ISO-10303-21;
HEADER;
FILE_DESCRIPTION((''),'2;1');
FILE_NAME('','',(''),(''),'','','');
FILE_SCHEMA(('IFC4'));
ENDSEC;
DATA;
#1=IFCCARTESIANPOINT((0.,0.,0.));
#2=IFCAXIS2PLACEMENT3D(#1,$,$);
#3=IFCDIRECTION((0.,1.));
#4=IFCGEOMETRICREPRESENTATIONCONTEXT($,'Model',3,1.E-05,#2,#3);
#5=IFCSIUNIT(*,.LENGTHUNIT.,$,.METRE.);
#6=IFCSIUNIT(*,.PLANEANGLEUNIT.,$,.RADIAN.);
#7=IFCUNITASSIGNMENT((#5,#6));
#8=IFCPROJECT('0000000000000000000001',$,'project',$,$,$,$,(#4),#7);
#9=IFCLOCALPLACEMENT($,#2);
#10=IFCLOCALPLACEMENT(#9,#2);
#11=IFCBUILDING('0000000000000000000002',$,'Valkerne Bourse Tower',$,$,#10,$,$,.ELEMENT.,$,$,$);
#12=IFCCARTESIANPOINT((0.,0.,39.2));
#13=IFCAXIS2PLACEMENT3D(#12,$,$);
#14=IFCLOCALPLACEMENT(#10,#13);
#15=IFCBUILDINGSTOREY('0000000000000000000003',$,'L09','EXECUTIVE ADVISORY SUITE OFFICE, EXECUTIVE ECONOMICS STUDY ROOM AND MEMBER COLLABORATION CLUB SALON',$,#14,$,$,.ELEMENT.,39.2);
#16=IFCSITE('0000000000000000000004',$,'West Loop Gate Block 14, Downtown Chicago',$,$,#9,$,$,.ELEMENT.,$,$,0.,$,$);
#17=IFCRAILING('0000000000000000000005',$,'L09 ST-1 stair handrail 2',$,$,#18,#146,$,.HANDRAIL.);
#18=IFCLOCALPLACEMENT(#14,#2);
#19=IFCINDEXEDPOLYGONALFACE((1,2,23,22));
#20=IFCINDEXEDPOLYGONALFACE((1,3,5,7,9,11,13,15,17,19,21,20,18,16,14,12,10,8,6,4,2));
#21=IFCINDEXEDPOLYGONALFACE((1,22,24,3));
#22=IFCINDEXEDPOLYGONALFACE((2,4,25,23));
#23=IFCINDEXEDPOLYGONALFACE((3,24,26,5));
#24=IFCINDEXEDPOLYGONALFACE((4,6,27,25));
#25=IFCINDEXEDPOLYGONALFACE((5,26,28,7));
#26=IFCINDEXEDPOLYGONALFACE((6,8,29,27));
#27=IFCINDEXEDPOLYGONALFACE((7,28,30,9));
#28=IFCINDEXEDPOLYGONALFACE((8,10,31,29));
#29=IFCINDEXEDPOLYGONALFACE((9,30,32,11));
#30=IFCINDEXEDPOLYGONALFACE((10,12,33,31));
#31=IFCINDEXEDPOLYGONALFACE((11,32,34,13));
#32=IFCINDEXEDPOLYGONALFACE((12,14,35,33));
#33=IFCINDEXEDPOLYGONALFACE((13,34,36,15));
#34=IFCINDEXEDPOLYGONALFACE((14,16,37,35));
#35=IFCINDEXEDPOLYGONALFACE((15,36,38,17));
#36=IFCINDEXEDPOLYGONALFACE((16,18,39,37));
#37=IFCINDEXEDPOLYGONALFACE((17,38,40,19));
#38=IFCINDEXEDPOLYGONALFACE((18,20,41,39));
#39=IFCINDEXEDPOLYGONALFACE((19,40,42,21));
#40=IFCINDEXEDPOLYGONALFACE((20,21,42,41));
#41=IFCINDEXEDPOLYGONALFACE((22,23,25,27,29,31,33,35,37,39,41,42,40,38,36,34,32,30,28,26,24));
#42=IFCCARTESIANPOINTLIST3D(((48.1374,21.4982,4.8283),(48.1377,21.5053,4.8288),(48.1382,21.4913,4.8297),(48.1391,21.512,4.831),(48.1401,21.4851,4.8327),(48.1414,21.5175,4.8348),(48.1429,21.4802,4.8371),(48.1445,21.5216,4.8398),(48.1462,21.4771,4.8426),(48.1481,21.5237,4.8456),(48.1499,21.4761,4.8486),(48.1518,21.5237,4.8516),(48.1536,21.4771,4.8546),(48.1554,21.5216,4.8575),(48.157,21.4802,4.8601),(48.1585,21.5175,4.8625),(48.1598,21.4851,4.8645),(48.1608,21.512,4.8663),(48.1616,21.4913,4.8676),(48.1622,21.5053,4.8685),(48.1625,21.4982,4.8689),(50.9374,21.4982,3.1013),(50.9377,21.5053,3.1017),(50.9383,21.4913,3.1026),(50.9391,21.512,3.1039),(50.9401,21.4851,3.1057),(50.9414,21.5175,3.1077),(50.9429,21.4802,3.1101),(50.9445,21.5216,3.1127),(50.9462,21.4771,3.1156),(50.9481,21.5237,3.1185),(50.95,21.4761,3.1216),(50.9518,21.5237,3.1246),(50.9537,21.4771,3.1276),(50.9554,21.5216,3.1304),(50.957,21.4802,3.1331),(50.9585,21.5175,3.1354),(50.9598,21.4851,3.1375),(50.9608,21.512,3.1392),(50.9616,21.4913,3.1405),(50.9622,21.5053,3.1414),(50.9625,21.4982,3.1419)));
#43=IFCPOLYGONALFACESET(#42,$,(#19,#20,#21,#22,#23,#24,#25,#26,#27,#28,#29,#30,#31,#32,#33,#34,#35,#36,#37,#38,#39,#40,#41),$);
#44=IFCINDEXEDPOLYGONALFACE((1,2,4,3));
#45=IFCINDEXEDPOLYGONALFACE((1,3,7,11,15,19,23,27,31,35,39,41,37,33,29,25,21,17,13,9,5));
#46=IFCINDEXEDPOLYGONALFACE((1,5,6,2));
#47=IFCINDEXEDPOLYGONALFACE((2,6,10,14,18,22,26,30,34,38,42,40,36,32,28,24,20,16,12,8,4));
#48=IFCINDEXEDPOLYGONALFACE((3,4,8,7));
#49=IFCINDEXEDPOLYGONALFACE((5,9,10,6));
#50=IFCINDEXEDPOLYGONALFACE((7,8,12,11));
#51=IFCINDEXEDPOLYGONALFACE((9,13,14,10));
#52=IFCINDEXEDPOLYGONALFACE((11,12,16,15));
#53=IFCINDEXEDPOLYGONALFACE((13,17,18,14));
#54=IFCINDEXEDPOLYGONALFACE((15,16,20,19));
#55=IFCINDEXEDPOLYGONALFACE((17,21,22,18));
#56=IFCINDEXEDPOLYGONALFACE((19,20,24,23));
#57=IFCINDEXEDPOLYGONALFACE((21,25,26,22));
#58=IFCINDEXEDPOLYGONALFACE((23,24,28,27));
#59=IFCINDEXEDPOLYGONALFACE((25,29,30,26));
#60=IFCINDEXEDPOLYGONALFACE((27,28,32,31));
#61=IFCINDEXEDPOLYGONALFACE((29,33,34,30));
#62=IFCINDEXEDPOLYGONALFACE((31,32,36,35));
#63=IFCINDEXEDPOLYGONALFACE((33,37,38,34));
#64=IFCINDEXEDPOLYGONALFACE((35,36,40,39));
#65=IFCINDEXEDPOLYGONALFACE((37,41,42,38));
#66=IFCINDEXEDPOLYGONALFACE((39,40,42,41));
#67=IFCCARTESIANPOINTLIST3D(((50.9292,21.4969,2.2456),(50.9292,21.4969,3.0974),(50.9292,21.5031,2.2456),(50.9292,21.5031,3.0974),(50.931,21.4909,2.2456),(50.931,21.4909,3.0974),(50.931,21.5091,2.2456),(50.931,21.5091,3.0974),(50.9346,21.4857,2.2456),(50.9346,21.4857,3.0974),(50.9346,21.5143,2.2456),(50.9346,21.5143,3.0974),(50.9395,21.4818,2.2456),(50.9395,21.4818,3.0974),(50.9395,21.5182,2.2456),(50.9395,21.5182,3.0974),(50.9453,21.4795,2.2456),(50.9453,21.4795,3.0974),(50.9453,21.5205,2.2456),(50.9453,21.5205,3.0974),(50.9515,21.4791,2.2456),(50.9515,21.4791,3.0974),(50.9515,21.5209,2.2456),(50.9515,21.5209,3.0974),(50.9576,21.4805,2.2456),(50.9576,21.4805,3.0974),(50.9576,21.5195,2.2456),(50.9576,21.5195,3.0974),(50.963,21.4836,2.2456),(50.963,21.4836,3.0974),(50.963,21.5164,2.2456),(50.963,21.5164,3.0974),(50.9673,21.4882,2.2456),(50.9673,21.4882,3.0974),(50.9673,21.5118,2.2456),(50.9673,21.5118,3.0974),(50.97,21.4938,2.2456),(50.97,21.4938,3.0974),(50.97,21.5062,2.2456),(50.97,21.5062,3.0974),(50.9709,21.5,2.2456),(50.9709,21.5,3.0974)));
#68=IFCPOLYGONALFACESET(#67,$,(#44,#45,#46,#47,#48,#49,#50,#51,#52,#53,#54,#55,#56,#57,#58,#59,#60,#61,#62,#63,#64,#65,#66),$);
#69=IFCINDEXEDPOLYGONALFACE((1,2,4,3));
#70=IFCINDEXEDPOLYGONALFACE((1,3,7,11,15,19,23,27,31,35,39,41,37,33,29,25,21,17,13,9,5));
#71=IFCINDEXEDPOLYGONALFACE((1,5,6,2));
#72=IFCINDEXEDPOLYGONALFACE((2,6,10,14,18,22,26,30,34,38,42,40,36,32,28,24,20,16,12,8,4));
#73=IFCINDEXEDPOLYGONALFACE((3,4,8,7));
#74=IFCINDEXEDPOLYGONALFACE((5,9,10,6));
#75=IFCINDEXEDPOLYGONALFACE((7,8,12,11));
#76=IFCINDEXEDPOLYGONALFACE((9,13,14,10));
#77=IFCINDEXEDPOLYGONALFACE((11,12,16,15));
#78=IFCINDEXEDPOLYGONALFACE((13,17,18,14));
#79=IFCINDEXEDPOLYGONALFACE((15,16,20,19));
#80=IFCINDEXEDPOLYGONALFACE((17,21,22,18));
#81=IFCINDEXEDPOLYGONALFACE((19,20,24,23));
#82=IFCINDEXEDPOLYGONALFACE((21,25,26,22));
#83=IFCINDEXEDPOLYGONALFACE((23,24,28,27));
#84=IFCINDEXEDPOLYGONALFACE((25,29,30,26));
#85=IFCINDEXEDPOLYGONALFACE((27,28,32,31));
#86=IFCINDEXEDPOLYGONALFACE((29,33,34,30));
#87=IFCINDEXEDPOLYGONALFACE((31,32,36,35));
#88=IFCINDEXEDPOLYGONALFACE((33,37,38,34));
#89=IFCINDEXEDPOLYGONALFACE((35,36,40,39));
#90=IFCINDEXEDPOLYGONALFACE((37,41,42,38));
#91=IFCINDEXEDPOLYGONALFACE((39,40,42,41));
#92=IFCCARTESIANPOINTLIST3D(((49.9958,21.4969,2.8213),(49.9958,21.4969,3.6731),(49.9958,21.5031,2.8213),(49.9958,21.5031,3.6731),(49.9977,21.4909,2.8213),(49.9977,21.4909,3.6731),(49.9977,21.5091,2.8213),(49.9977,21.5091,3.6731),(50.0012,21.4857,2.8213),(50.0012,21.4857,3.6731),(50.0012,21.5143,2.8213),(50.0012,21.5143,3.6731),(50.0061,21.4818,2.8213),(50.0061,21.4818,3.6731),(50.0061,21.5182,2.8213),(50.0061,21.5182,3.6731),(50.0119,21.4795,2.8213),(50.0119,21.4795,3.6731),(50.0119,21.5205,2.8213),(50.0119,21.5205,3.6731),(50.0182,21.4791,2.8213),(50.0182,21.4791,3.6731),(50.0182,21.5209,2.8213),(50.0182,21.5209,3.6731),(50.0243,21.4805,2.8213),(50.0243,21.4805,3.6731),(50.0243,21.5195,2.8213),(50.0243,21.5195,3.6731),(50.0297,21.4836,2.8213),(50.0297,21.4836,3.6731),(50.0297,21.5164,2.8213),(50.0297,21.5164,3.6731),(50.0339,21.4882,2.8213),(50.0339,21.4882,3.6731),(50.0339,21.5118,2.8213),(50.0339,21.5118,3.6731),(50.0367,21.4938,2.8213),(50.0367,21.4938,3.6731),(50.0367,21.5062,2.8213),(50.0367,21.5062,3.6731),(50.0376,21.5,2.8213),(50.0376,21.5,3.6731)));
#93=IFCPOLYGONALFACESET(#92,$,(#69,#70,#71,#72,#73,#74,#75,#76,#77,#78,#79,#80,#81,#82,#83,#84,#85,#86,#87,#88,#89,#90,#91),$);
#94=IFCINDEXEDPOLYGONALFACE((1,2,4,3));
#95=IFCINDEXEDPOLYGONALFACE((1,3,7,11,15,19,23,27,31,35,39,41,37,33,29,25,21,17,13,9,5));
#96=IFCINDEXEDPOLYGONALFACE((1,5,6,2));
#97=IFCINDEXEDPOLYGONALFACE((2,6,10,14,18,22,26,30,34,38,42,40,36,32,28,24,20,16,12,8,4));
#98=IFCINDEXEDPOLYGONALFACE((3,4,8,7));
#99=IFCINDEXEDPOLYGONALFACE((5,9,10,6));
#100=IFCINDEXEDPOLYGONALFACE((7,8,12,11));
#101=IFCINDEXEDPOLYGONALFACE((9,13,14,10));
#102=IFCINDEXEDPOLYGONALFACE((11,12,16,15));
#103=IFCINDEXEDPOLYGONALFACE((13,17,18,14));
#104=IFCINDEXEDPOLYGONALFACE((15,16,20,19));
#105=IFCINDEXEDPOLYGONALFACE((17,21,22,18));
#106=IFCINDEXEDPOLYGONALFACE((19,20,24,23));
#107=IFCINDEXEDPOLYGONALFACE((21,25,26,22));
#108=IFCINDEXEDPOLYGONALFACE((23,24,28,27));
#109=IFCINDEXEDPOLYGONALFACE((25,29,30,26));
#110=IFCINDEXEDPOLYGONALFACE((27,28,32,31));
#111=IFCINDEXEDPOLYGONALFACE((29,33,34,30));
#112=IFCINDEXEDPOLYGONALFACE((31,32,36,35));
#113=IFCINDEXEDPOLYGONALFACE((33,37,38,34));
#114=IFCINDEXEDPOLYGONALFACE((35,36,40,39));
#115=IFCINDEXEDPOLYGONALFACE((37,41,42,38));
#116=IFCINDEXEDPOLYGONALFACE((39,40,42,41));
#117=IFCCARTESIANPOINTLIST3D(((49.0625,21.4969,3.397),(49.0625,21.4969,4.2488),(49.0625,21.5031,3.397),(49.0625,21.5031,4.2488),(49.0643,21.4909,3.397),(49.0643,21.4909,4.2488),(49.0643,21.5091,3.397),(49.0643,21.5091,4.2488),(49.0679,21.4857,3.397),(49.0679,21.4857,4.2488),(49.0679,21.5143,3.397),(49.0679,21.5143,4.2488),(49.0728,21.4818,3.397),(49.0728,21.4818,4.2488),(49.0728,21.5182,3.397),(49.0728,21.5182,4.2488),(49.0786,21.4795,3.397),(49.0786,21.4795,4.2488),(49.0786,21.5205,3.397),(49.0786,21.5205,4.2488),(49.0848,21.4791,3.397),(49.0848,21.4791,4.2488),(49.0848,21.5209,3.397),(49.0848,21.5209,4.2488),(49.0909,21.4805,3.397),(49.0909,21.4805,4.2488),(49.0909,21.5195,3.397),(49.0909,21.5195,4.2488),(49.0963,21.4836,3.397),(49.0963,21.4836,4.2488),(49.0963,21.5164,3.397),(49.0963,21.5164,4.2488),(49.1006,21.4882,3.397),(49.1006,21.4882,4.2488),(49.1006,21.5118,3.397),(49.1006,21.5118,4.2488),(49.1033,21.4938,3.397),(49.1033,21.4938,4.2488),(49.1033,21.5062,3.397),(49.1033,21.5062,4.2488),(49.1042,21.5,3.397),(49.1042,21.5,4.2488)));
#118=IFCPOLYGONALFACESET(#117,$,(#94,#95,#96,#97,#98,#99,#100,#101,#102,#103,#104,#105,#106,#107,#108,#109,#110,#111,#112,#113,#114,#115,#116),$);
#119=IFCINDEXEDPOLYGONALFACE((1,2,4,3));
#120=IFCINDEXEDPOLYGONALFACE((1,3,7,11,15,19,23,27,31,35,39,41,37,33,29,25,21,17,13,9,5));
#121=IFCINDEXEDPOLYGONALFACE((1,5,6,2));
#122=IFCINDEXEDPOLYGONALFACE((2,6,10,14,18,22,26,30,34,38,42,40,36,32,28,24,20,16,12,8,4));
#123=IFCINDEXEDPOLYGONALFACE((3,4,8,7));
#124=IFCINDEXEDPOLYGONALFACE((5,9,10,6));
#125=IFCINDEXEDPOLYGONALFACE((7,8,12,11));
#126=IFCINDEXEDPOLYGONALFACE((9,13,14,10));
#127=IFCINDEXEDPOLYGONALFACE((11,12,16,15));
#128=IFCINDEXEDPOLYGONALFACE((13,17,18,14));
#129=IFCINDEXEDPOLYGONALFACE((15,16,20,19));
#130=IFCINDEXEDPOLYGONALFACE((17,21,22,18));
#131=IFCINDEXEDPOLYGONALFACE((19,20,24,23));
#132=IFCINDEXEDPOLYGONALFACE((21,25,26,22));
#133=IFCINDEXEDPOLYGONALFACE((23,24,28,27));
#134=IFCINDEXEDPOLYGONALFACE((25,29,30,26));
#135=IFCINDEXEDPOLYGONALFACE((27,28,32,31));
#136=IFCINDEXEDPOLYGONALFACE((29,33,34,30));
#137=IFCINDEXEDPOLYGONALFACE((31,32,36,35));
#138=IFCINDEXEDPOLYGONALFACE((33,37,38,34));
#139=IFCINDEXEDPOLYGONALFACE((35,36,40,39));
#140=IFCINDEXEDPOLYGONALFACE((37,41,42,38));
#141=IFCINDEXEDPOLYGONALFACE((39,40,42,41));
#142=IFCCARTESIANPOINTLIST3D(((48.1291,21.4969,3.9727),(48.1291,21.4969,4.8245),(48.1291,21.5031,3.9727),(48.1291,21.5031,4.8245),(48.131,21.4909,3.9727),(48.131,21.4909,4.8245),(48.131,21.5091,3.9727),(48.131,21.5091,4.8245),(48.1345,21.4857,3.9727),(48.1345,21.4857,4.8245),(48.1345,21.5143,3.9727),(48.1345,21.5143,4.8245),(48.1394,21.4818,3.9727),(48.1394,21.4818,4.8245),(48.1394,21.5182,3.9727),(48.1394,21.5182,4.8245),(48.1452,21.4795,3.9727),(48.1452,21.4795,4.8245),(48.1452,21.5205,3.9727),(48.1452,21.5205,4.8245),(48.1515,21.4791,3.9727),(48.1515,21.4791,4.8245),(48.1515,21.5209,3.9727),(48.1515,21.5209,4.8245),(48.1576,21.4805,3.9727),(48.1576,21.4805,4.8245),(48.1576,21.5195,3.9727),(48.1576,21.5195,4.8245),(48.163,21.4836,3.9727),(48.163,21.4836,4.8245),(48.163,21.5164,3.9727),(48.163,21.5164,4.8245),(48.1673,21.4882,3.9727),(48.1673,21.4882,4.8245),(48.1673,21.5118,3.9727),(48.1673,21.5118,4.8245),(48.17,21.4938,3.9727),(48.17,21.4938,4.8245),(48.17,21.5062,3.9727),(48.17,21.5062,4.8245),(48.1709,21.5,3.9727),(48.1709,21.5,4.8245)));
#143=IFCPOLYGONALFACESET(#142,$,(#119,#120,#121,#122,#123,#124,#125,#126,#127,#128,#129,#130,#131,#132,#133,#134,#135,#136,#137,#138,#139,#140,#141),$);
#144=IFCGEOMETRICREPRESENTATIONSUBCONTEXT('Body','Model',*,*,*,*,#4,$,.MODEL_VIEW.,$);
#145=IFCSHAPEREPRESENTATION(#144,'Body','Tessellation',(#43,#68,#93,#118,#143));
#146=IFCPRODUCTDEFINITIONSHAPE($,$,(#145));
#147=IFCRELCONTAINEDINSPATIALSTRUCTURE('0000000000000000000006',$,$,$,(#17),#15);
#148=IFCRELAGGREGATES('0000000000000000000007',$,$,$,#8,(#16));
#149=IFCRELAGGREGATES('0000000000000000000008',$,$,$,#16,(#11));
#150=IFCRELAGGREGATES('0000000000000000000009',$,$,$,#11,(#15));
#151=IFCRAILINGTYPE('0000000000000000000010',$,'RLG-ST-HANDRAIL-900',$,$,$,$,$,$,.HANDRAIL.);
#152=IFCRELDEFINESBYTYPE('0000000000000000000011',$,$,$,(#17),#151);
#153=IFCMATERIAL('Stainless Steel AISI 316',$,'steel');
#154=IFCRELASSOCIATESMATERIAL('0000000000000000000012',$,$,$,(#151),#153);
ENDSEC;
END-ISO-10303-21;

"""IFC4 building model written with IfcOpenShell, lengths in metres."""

from ifc_helpers import new_model, si_unit, direction, frame, origin, origin_2d, place, context, subcontext, project, spatial, circle, extrude, material, type_object, element, save


model = new_model("IFC4")

# Units and contexts
model_context = context("Model", 3, precision=1e-05, world=origin(), true_north=direction((0.0, 1.0)))
body_context = subcontext(model_context, "Body", "Model", "MODEL_VIEW")
ifc_project = project(units=[si_unit("LENGTHUNIT", "METRE"), si_unit("PLANEANGLEUNIT", "RADIAN")], contexts=[model_context])

# Site, building, storey
site_placement = place(None, origin())
site = spatial("IfcSite", under=ifc_project, at=site_placement, Name="West Loop Gate Block 14, Downtown Chicago", CompositionType="ELEMENT", RefElevation=0.0)
building_placement = place(site_placement, origin())
building = spatial("IfcBuilding", under=site, at=building_placement, Name="Valkerne Bourse Tower", CompositionType="ELEMENT")
storey_placement = place(building_placement, frame((0.0, 0.0, 39.2)))
storey = spatial("IfcBuildingStorey", under=building, at=storey_placement, Name="L09", Description="EXECUTIVE ADVISORY SUITE OFFICE, EXECUTIVE ECONOMICS STUDY ROOM AND MEMBER COLLABORATION CLUB SALON", CompositionType="ELEMENT", Elevation=39.2)

# Shared definitions
ifc_material_1 = material(Name="Stainless Steel AISI 316", Category="steel")

# Railing
railing_type_1 = type_object("IfcRailingType", Name="RLG-ST-HANDRAIL-900", PredefinedType="HANDRAIL", material=ifc_material_1)
railing_1_placement = place(storey_placement, frame((50.95, 21.5, 2.2456)))
element("IfcRailing", 1, at=railing_1_placement, inside=storey, type_object=railing_type_1, Name="L09 ST-1 stair handrail 2", PredefinedType="HANDRAIL", context=body_context, shape_type="SweptSolid", body=[
    extrude(circle(Radius=0.0239, at=origin_2d()), frame((0.0, 0.0, 0.876), z_axis=(-0.851123, 0.0, 0.524967), x_axis=(0.0, -1.0, 0.0)), (0.0, 0.0, 1.0), 3.2898),
    extrude(circle(Radius=0.021, at=origin_2d()), origin(), (0.0, 0.0, 1.0), 0.8518),
    extrude(circle(Radius=0.021, at=origin_2d()), frame((-0.9333, 0.0, 0.5757)), (0.0, 0.0, 1.0), 0.8518),
    extrude(circle(Radius=0.021, at=origin_2d()), frame((-1.8667, 0.0, 1.1514)), (0.0, 0.0, 1.0), 0.8518),
    extrude(circle(Radius=0.021, at=origin_2d()), frame((-2.8, 0.0, 1.7271)), (0.0, 0.0, 1.0), 0.8518),
])

save(model, "model.ifc")
